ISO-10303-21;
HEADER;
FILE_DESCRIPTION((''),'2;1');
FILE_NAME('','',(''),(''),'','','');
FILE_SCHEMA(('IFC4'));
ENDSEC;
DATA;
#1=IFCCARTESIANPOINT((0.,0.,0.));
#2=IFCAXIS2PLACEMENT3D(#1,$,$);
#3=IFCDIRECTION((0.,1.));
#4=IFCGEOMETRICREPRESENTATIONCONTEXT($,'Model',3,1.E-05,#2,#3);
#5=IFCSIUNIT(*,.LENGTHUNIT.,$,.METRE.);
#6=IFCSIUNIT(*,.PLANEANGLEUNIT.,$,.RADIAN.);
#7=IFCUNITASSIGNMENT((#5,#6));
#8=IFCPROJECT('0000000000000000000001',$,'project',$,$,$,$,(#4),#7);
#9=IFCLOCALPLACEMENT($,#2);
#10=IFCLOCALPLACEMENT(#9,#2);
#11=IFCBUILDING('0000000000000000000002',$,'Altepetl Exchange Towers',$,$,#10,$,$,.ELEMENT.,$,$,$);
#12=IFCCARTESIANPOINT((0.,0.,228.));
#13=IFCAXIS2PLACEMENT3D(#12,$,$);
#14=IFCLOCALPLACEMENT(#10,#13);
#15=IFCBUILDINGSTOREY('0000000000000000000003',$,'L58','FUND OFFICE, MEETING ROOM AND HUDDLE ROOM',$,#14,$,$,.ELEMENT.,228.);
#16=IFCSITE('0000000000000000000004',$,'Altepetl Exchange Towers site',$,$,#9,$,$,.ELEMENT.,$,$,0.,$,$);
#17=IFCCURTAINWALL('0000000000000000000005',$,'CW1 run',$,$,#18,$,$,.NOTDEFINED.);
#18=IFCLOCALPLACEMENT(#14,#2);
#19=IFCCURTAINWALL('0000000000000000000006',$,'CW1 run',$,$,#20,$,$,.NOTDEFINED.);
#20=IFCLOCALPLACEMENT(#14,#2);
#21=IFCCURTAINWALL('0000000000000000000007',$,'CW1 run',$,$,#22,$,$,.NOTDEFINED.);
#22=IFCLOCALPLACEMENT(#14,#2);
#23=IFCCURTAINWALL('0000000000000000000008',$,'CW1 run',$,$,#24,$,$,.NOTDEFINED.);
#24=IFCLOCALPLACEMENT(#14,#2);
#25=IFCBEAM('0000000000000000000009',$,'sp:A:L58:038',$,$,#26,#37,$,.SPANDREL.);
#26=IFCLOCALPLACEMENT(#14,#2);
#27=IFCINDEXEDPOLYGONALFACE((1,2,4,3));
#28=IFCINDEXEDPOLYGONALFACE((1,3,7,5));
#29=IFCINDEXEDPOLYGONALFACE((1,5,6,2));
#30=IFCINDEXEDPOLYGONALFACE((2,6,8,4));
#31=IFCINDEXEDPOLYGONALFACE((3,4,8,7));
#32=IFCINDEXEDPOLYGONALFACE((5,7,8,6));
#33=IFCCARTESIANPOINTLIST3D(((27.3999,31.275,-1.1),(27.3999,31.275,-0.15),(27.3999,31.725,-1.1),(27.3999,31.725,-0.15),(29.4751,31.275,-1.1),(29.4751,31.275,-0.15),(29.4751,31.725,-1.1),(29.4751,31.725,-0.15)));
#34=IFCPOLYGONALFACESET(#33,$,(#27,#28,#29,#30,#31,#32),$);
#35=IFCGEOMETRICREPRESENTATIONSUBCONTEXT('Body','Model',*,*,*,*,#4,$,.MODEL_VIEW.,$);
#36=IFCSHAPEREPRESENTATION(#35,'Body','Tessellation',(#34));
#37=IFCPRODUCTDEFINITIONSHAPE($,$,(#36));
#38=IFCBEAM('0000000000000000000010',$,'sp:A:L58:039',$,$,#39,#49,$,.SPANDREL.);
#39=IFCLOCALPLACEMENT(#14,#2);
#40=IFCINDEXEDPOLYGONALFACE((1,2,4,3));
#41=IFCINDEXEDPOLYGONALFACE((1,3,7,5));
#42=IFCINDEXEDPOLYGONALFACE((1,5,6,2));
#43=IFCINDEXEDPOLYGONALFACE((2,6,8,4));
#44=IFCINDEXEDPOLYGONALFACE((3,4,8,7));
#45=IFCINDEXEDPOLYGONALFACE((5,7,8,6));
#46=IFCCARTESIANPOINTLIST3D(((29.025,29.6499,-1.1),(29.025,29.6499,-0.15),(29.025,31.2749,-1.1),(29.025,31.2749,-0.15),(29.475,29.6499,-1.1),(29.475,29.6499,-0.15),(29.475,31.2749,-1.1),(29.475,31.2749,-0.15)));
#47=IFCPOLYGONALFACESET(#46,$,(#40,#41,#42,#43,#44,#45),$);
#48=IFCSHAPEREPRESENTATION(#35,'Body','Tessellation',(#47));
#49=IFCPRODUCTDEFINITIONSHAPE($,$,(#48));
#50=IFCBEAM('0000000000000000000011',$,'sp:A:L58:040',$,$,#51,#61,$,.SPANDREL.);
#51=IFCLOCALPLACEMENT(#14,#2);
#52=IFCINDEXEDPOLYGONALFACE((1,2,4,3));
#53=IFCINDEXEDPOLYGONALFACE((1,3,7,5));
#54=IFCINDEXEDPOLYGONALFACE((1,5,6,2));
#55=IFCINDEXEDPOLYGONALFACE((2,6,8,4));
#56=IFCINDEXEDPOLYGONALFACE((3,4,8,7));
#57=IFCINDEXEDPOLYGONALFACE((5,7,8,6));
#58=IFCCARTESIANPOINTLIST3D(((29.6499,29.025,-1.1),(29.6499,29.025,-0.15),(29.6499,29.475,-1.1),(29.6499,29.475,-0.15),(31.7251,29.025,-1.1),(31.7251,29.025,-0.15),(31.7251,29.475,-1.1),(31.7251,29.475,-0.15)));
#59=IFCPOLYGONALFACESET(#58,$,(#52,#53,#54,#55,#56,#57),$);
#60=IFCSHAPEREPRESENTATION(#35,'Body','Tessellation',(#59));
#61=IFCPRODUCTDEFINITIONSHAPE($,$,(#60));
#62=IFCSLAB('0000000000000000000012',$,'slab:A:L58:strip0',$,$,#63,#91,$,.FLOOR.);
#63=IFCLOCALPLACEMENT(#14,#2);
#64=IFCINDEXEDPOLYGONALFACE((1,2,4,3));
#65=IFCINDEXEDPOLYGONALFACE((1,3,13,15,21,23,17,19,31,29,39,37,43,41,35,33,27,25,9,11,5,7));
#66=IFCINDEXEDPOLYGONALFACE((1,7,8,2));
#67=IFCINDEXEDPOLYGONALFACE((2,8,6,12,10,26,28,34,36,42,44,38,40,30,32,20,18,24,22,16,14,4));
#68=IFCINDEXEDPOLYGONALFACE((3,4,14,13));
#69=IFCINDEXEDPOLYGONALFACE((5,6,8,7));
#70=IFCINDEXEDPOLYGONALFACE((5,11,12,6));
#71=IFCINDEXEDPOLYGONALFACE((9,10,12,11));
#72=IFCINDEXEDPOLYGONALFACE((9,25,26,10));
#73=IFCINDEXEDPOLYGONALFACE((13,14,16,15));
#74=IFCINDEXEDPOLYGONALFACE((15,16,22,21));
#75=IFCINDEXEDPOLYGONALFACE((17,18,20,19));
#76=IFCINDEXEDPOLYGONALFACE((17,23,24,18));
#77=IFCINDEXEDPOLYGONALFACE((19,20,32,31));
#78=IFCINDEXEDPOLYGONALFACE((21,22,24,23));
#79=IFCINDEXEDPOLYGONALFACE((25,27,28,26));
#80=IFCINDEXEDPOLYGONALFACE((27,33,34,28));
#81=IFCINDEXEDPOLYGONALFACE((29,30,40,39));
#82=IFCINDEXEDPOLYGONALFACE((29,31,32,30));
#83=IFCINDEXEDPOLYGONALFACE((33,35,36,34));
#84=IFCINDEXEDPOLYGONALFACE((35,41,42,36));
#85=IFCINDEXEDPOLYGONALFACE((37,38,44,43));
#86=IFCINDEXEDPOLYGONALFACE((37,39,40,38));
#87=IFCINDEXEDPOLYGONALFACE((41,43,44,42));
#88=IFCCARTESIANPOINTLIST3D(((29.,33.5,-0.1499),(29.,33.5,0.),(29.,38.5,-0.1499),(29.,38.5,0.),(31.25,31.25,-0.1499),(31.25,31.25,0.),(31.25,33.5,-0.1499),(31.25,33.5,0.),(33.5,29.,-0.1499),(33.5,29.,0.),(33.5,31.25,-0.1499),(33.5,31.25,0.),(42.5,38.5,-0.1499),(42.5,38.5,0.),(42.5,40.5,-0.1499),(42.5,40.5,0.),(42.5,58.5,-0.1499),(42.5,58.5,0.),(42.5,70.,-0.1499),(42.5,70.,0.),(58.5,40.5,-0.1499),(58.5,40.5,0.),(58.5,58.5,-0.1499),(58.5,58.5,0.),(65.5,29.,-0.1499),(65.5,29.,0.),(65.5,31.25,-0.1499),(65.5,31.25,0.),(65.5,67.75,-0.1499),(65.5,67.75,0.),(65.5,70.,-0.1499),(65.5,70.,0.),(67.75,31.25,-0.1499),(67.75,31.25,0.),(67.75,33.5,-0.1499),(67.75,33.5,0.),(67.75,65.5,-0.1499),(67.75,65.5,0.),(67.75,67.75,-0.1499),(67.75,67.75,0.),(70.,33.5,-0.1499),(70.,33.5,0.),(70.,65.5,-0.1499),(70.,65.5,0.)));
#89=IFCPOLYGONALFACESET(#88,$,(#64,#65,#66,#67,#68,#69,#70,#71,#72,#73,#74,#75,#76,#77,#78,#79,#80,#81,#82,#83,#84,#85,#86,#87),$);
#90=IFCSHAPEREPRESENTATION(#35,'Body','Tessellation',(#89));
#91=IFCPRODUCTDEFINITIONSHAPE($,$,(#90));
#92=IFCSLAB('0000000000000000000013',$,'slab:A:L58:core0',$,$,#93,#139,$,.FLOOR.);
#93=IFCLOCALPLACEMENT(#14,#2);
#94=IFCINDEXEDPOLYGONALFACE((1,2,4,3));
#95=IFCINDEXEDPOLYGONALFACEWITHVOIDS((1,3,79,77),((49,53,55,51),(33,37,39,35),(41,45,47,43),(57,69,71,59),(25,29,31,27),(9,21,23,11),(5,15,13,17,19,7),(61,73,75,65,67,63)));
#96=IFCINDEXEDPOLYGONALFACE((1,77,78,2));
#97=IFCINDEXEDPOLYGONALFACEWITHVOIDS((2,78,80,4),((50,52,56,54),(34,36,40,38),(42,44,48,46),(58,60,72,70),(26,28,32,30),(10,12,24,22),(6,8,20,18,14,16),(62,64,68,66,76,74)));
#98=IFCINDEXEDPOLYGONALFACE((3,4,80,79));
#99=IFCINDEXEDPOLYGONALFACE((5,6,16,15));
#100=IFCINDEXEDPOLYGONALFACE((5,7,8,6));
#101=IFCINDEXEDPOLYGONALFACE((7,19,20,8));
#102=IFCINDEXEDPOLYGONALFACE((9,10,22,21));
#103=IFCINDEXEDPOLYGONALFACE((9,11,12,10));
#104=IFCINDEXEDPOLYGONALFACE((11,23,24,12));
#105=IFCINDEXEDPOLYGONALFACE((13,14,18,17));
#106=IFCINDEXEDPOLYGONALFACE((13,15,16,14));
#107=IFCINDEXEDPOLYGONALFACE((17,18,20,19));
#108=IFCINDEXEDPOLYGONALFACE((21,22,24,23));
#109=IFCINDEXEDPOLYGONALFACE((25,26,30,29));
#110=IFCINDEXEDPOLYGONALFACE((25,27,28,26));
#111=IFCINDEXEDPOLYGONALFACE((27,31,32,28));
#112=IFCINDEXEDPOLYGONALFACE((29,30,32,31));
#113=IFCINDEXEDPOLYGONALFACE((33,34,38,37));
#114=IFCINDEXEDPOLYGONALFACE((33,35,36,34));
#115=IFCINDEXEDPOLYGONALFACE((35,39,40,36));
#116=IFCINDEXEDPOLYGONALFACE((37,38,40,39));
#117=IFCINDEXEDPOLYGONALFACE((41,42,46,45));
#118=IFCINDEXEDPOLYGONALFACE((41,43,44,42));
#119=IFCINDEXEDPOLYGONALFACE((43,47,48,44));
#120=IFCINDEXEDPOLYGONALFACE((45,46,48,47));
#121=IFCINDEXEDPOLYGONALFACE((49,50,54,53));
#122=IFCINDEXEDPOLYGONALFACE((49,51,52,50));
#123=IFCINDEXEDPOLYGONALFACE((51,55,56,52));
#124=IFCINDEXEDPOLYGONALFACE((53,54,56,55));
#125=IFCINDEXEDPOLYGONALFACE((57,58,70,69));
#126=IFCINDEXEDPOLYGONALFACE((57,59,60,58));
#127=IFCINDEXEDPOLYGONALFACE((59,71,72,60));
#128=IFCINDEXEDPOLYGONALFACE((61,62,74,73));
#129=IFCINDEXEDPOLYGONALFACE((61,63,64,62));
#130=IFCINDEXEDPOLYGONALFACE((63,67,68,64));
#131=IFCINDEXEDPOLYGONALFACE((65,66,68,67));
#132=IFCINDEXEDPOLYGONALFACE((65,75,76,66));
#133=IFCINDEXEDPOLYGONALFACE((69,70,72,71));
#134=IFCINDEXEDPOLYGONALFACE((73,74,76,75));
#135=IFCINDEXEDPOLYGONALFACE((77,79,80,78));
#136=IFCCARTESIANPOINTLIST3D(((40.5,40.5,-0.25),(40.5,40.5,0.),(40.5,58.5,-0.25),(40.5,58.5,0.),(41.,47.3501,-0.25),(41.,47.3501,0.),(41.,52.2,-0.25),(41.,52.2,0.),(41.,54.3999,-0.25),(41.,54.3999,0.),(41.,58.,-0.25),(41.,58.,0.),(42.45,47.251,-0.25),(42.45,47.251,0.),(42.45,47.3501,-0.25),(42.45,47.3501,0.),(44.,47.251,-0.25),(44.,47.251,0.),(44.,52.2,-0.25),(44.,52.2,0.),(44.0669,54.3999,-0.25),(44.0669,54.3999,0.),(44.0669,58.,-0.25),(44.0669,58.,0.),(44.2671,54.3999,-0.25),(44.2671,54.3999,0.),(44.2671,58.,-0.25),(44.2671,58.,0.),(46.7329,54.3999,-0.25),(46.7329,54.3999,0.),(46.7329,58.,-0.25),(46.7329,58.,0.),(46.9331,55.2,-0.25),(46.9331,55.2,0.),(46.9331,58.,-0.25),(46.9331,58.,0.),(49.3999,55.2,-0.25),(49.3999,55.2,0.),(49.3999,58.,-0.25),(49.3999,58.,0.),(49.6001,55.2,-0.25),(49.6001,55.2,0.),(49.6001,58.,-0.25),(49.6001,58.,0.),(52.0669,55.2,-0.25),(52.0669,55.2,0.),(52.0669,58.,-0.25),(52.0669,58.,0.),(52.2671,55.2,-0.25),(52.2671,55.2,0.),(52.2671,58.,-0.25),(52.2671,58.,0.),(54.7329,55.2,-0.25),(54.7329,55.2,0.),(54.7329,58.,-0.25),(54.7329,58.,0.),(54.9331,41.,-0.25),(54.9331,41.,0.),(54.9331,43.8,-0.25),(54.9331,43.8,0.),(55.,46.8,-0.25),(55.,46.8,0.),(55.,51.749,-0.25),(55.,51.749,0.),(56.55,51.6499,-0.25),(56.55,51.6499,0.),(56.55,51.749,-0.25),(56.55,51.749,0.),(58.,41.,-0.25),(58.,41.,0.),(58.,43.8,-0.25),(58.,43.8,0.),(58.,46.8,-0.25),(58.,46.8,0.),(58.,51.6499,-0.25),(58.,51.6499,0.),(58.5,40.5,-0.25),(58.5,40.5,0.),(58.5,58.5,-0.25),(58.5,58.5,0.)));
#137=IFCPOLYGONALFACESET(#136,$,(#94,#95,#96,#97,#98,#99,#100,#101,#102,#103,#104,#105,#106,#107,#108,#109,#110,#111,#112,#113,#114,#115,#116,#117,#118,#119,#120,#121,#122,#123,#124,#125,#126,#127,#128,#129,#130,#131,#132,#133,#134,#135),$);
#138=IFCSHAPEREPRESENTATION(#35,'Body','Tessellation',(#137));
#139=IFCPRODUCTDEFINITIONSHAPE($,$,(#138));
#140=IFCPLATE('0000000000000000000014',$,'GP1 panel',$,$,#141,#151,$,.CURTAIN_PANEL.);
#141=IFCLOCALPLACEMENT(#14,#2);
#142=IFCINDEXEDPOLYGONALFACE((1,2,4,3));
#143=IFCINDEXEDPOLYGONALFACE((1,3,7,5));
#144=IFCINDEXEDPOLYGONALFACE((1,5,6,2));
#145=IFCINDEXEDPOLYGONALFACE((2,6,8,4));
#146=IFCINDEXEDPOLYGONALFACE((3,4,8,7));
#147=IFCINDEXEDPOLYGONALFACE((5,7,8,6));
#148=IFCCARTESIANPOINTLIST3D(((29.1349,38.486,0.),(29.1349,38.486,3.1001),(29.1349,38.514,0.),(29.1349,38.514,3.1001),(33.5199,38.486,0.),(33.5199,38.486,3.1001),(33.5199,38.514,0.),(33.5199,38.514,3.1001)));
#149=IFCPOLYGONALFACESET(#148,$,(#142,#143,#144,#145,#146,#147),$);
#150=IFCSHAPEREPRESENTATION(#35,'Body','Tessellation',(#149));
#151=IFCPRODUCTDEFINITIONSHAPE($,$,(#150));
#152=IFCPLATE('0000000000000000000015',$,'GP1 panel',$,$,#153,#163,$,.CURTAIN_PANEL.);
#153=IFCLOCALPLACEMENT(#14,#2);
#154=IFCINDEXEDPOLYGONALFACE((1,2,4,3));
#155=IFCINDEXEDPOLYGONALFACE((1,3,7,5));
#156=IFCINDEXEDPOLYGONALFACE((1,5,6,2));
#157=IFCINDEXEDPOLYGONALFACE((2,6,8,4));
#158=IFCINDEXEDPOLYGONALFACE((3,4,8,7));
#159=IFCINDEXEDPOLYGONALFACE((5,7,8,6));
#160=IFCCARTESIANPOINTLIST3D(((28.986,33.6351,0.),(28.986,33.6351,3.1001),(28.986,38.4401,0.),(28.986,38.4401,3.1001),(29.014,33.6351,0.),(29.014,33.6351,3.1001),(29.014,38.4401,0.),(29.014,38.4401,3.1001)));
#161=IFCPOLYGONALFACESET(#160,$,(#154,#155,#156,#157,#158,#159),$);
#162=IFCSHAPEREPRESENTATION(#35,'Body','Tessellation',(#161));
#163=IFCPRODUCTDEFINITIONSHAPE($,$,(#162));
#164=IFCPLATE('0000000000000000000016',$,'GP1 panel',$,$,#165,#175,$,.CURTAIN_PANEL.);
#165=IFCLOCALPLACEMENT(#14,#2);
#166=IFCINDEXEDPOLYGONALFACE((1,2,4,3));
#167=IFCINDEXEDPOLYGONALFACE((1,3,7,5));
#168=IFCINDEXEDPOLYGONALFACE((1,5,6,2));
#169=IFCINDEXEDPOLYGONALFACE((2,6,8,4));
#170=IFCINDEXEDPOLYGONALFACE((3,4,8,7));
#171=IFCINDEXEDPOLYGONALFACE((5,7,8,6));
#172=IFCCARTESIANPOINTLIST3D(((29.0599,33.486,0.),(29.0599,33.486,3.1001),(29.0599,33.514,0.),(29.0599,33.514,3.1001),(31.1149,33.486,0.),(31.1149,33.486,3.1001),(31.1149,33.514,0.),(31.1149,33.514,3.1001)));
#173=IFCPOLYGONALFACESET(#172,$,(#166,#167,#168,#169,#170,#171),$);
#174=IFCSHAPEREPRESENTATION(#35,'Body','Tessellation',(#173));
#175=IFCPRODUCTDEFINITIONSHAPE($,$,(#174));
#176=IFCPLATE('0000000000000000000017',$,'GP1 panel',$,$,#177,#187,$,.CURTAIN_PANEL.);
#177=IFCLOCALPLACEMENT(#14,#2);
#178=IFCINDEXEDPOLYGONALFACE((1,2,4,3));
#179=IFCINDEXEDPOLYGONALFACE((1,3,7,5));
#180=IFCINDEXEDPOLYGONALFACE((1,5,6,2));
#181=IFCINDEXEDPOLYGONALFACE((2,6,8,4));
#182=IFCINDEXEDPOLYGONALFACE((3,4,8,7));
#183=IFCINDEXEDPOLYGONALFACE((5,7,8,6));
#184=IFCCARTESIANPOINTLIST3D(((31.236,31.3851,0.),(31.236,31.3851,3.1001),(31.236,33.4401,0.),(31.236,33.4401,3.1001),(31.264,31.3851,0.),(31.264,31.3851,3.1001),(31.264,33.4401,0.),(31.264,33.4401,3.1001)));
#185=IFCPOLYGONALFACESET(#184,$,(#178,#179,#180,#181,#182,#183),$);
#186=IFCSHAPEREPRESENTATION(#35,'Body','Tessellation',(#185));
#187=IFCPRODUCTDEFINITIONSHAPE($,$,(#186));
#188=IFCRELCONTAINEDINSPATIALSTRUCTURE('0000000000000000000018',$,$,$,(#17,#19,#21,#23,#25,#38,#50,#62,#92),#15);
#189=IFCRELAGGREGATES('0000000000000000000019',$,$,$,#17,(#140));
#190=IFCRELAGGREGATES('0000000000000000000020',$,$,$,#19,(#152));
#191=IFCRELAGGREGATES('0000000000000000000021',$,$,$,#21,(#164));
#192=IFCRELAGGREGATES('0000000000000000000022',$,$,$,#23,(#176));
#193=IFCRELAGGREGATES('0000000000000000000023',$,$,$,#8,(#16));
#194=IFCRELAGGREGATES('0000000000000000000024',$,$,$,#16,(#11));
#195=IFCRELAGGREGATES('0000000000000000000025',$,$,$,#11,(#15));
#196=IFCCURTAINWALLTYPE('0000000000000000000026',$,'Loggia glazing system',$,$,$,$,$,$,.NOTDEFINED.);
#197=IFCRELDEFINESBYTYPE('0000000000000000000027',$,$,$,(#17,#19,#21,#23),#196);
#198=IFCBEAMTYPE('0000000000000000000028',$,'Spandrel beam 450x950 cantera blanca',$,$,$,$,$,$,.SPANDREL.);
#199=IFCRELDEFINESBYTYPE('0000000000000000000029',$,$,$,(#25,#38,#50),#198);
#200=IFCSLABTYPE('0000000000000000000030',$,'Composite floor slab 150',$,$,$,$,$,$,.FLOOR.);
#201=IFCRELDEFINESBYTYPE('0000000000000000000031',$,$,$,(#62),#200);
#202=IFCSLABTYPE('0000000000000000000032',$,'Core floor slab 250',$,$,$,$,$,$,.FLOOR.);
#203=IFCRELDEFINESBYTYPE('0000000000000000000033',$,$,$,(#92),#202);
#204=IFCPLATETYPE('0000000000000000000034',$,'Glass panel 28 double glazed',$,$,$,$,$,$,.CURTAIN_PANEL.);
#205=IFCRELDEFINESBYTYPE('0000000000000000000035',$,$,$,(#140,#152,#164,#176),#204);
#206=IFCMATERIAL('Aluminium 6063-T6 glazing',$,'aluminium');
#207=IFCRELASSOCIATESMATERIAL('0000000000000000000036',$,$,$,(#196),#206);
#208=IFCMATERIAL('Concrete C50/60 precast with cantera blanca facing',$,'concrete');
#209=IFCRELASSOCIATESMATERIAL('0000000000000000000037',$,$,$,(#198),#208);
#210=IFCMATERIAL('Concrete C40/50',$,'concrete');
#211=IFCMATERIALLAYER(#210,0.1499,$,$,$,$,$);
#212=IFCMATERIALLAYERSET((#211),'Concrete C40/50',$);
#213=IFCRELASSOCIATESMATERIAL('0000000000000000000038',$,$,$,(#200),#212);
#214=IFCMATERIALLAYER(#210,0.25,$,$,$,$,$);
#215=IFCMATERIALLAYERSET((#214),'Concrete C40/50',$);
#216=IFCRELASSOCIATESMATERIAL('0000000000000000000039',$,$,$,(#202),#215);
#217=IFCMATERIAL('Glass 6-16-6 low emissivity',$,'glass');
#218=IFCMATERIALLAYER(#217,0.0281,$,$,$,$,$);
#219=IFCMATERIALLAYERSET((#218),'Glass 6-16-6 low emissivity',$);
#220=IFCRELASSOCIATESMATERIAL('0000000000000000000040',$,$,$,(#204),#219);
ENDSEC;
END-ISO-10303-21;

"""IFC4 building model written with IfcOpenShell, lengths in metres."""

from ifc_helpers import new_model, si_unit, direction, frame, origin, origin_2d, place, context, subcontext, project, spatial, polyline, rectangle, outline, extrude, material, layer, layer_set, material_profile, profile_set, type_object, element, aggregate, save


model = new_model("IFC4")

# Units and contexts
model_context = context("Model", 3, precision=1e-05, world=origin(), true_north=direction((0.0, 1.0)))
body_context = subcontext(model_context, "Body", "Model", "MODEL_VIEW")
ifc_project = project(units=[si_unit("LENGTHUNIT", "METRE"), si_unit("PLANEANGLEUNIT", "RADIAN")], contexts=[model_context])

# Site, building, storey
site_placement = place(None, origin())
site = spatial("IfcSite", under=ifc_project, at=site_placement, Name="Altepetl Exchange Towers site", CompositionType="ELEMENT", RefElevation=0.0)
building_placement = place(site_placement, origin())
building = spatial("IfcBuilding", under=site, at=building_placement, Name="Altepetl Exchange Towers", CompositionType="ELEMENT")
storey_placement = place(building_placement, frame((0.0, 0.0, 228.0)))
storey = spatial("IfcBuildingStorey", under=building, at=storey_placement, Name="L58", Description="FUND OFFICE, MEETING ROOM AND HUDDLE ROOM", CompositionType="ELEMENT", Elevation=228.0)

# Curtain wall
ifc_material_1 = material(Name="Aluminium 6063-T6 glazing", Category="aluminium")
curtain_wall_type = type_object("IfcCurtainWallType", Name="Loggia glazing system", PredefinedType="NOTDEFINED", material=ifc_material_1)
curtain_wall_1_placement = place(storey_placement, origin())
curtain_wall_1 = element("IfcCurtainWall", 1, at=curtain_wall_1_placement, inside=storey, type_object=curtain_wall_type, Name="CW1 run", PredefinedType="NOTDEFINED")

# Curtain walls
curtain_wall_2_placement = place(storey_placement, origin())
curtain_wall_2 = element("IfcCurtainWall", 2, at=curtain_wall_2_placement, inside=storey, type_object=curtain_wall_type, Name="CW1 run", PredefinedType="NOTDEFINED")
curtain_wall_3_placement = place(storey_placement, origin())
curtain_wall_3 = element("IfcCurtainWall", 3, at=curtain_wall_3_placement, inside=storey, type_object=curtain_wall_type, Name="CW1 run", PredefinedType="NOTDEFINED")
curtain_wall_4_placement = place(storey_placement, origin())
curtain_wall_4 = element("IfcCurtainWall", 4, at=curtain_wall_4_placement, inside=storey, type_object=curtain_wall_type, Name="CW1 run", PredefinedType="NOTDEFINED")

# Beams
ifc_material_2 = material(Name="Concrete C50/60 precast with cantera blanca facing", Category="concrete")
ifc_material_profile_1 = material_profile(ifc_material_2, rectangle(XDim=0.45, YDim=0.95, at=origin_2d()), Name="450 x 950")
ifc_profile_set_1 = profile_set([ifc_material_profile_1], Name="Concrete C50/60 precast with cantera blanca facing")
beam_type = type_object("IfcBeamType", Name="Spandrel beam 450x950 cantera blanca", PredefinedType="SPANDREL", material=ifc_profile_set_1)
beam_1_placement = place(storey_placement, frame((27.3999, 31.5, -0.625), z_axis=(1.0, 0.0, 0.0), x_axis=(0.0, 1.0, 0.0)))
element("IfcBeam", 5, at=beam_1_placement, inside=storey, type_object=beam_type, Name="sp:A:L58:038", PredefinedType="SPANDREL", context=body_context, shape_type="SweptSolid", body=[
    extrude(rectangle(XDim=0.45, YDim=0.95, at=origin_2d()), origin(), (0.0, 0.0, 1.0), 2.0752),
])
beam_2_placement = place(storey_placement, frame((29.25, 31.2749, -0.625), z_axis=(0.0, -1.0, 0.0), x_axis=(1.0, 0.0, 0.0)))
element("IfcBeam", 6, at=beam_2_placement, inside=storey, type_object=beam_type, Name="sp:A:L58:039", PredefinedType="SPANDREL", context=body_context, shape_type="SweptSolid", body=[
    extrude(rectangle(XDim=0.45, YDim=0.95, at=origin_2d()), origin(), (0.0, 0.0, 1.0), 1.625),
])
beam_3_placement = place(storey_placement, frame((29.6499, 29.25, -0.625), z_axis=(1.0, 0.0, 0.0), x_axis=(0.0, 1.0, 0.0)))
element("IfcBeam", 7, at=beam_3_placement, inside=storey, type_object=beam_type, Name="sp:A:L58:040", PredefinedType="SPANDREL", context=body_context, shape_type="SweptSolid", body=[
    extrude(rectangle(XDim=0.45, YDim=0.95, at=origin_2d()), origin(), (0.0, 0.0, 1.0), 2.0752),
])

# Slabs
ifc_material_3 = material(Name="Concrete C40/50", Category="concrete")
ifc_layer_1 = layer(ifc_material_3, 0.1499)
ifc_layer_set_1 = layer_set([ifc_layer_1], Name="Concrete C40/50")
slab_type_1 = type_object("IfcSlabType", Name="Composite floor slab 150", PredefinedType="FLOOR", material=ifc_layer_set_1)
slab_1_placement = place(storey_placement, frame((0.0, 0.0, -0.1499)))
element("IfcSlab", 8, at=slab_1_placement, inside=storey, type_object=slab_type_1, Name="slab:A:L58:strip0", PredefinedType="FLOOR", context=body_context, shape_type="SweptSolid", body=[
    extrude(outline(polyline([(42.5, 70.0), (42.5, 58.5), (58.5, 58.5), (58.5, 40.5), (42.5, 40.5), (42.5, 38.5), (29.0, 38.5), (29.0, 33.5), (31.25, 33.5), (31.25, 31.25), (33.5, 31.25), (33.5, 29.0), (65.5, 29.0), (65.5, 31.25), (67.75, 31.25), (67.75, 33.5), (70.0, 33.5), (70.0, 65.5), (67.75, 65.5), (67.75, 67.75), (65.5, 67.75), (65.5, 70.0), (42.5, 70.0)])), origin(), (0.0, 0.0, 1.0), 0.1499),
])
ifc_layer_2 = layer(ifc_material_3, 0.25)
ifc_layer_set_2 = layer_set([ifc_layer_2], Name="Concrete C40/50")
slab_type_2 = type_object("IfcSlabType", Name="Core floor slab 250", PredefinedType="FLOOR", material=ifc_layer_set_2)
slab_2_placement = place(storey_placement, frame((0.0, 0.0, -0.25)))
element("IfcSlab", 9, at=slab_2_placement, inside=storey, type_object=slab_type_2, Name="slab:A:L58:core0", PredefinedType="FLOOR", context=body_context, shape_type="SweptSolid", body=[
    extrude(outline(polyline([(40.5, 40.5), (58.5, 40.5), (58.5, 58.5), (40.5, 58.5), (40.5, 40.5)]), holes=[polyline([(54.9331, 43.8), (58.0, 43.8), (58.0, 41.0), (54.9331, 41.0), (54.9331, 43.8)]), polyline([(55.0, 51.749), (56.55, 51.749), (56.55, 51.6499), (58.0, 51.6499), (58.0, 46.8), (55.0, 46.8), (55.0, 51.749)]), polyline([(44.0, 47.251), (42.45, 47.251), (42.45, 47.3501), (41.0, 47.3501), (41.0, 52.2), (44.0, 52.2), (44.0, 47.251)]), polyline([(41.0, 58.0), (44.0669, 58.0), (44.0669, 54.3999), (41.0, 54.3999), (41.0, 58.0)]), polyline([(44.2671, 58.0), (46.7329, 58.0), (46.7329, 54.3999), (44.2671, 54.3999), (44.2671, 58.0)]), polyline([(46.9331, 58.0), (49.3999, 58.0), (49.3999, 55.2), (46.9331, 55.2), (46.9331, 58.0)]), polyline([(49.6001, 58.0), (52.0669, 58.0), (52.0669, 55.2), (49.6001, 55.2), (49.6001, 58.0)]), polyline([(52.2671, 58.0), (54.7329, 58.0), (54.7329, 55.2), (52.2671, 55.2), (52.2671, 58.0)])]), origin(), (0.0, 0.0, 1.0), 0.25),
])

# Plates
ifc_material_4 = material(Name="Glass 6-16-6 low emissivity", Category="glass")
ifc_layer_3 = layer(ifc_material_4, 0.0281)
ifc_layer_set_3 = layer_set([ifc_layer_3], Name="Glass 6-16-6 low emissivity")
plate_type = type_object("IfcPlateType", Name="Glass panel 28 double glazed", PredefinedType="CURTAIN_PANEL", material=ifc_layer_set_3)
plate_1_placement = place(storey_placement, frame((31.3274, 38.5, 0.0), z_axis=(0.0, 0.0, 1.0), x_axis=(-1.0, 0.0, 0.0)))
plate_1 = element("IfcPlate", 10, at=plate_1_placement, type_object=plate_type, Name="GP1 panel", PredefinedType="CURTAIN_PANEL", context=body_context, shape_type="SweptSolid", body=[
    extrude(rectangle(XDim=4.385, YDim=0.0281, at=origin_2d()), origin(), (0.0, 0.0, 1.0), 3.1001),
])
aggregate(curtain_wall_1, [plate_1])
plate_2_placement = place(storey_placement, frame((29.0, 36.0376, 0.0), z_axis=(0.0, 0.0, 1.0), x_axis=(0.0, -1.0, 0.0)))
plate_2 = element("IfcPlate", 11, at=plate_2_placement, type_object=plate_type, Name="GP1 panel", PredefinedType="CURTAIN_PANEL", context=body_context, shape_type="SweptSolid", body=[
    extrude(rectangle(XDim=4.8049, YDim=0.0281, at=origin_2d()), origin(), (0.0, 0.0, 1.0), 3.1001),
])
aggregate(curtain_wall_2, [plate_2])
plate_3_placement = place(storey_placement, frame((30.0874, 33.5, 0.0)))
plate_3 = element("IfcPlate", 12, at=plate_3_placement, type_object=plate_type, Name="GP1 panel", PredefinedType="CURTAIN_PANEL", context=body_context, shape_type="SweptSolid", body=[
    extrude(rectangle(XDim=2.0549, YDim=0.0281, at=origin_2d()), origin(), (0.0, 0.0, 1.0), 3.1001),
])
aggregate(curtain_wall_3, [plate_3])
plate_4_placement = place(storey_placement, frame((31.25, 32.4126, 0.0), z_axis=(0.0, 0.0, 1.0), x_axis=(0.0, -1.0, 0.0)))
plate_4 = element("IfcPlate", 13, at=plate_4_placement, type_object=plate_type, Name="GP1 panel", PredefinedType="CURTAIN_PANEL", context=body_context, shape_type="SweptSolid", body=[
    extrude(rectangle(XDim=2.0549, YDim=0.0281, at=origin_2d()), origin(), (0.0, 0.0, 1.0), 3.1001),
])
aggregate(curtain_wall_4, [plate_4])

save(model, "model.ifc")
